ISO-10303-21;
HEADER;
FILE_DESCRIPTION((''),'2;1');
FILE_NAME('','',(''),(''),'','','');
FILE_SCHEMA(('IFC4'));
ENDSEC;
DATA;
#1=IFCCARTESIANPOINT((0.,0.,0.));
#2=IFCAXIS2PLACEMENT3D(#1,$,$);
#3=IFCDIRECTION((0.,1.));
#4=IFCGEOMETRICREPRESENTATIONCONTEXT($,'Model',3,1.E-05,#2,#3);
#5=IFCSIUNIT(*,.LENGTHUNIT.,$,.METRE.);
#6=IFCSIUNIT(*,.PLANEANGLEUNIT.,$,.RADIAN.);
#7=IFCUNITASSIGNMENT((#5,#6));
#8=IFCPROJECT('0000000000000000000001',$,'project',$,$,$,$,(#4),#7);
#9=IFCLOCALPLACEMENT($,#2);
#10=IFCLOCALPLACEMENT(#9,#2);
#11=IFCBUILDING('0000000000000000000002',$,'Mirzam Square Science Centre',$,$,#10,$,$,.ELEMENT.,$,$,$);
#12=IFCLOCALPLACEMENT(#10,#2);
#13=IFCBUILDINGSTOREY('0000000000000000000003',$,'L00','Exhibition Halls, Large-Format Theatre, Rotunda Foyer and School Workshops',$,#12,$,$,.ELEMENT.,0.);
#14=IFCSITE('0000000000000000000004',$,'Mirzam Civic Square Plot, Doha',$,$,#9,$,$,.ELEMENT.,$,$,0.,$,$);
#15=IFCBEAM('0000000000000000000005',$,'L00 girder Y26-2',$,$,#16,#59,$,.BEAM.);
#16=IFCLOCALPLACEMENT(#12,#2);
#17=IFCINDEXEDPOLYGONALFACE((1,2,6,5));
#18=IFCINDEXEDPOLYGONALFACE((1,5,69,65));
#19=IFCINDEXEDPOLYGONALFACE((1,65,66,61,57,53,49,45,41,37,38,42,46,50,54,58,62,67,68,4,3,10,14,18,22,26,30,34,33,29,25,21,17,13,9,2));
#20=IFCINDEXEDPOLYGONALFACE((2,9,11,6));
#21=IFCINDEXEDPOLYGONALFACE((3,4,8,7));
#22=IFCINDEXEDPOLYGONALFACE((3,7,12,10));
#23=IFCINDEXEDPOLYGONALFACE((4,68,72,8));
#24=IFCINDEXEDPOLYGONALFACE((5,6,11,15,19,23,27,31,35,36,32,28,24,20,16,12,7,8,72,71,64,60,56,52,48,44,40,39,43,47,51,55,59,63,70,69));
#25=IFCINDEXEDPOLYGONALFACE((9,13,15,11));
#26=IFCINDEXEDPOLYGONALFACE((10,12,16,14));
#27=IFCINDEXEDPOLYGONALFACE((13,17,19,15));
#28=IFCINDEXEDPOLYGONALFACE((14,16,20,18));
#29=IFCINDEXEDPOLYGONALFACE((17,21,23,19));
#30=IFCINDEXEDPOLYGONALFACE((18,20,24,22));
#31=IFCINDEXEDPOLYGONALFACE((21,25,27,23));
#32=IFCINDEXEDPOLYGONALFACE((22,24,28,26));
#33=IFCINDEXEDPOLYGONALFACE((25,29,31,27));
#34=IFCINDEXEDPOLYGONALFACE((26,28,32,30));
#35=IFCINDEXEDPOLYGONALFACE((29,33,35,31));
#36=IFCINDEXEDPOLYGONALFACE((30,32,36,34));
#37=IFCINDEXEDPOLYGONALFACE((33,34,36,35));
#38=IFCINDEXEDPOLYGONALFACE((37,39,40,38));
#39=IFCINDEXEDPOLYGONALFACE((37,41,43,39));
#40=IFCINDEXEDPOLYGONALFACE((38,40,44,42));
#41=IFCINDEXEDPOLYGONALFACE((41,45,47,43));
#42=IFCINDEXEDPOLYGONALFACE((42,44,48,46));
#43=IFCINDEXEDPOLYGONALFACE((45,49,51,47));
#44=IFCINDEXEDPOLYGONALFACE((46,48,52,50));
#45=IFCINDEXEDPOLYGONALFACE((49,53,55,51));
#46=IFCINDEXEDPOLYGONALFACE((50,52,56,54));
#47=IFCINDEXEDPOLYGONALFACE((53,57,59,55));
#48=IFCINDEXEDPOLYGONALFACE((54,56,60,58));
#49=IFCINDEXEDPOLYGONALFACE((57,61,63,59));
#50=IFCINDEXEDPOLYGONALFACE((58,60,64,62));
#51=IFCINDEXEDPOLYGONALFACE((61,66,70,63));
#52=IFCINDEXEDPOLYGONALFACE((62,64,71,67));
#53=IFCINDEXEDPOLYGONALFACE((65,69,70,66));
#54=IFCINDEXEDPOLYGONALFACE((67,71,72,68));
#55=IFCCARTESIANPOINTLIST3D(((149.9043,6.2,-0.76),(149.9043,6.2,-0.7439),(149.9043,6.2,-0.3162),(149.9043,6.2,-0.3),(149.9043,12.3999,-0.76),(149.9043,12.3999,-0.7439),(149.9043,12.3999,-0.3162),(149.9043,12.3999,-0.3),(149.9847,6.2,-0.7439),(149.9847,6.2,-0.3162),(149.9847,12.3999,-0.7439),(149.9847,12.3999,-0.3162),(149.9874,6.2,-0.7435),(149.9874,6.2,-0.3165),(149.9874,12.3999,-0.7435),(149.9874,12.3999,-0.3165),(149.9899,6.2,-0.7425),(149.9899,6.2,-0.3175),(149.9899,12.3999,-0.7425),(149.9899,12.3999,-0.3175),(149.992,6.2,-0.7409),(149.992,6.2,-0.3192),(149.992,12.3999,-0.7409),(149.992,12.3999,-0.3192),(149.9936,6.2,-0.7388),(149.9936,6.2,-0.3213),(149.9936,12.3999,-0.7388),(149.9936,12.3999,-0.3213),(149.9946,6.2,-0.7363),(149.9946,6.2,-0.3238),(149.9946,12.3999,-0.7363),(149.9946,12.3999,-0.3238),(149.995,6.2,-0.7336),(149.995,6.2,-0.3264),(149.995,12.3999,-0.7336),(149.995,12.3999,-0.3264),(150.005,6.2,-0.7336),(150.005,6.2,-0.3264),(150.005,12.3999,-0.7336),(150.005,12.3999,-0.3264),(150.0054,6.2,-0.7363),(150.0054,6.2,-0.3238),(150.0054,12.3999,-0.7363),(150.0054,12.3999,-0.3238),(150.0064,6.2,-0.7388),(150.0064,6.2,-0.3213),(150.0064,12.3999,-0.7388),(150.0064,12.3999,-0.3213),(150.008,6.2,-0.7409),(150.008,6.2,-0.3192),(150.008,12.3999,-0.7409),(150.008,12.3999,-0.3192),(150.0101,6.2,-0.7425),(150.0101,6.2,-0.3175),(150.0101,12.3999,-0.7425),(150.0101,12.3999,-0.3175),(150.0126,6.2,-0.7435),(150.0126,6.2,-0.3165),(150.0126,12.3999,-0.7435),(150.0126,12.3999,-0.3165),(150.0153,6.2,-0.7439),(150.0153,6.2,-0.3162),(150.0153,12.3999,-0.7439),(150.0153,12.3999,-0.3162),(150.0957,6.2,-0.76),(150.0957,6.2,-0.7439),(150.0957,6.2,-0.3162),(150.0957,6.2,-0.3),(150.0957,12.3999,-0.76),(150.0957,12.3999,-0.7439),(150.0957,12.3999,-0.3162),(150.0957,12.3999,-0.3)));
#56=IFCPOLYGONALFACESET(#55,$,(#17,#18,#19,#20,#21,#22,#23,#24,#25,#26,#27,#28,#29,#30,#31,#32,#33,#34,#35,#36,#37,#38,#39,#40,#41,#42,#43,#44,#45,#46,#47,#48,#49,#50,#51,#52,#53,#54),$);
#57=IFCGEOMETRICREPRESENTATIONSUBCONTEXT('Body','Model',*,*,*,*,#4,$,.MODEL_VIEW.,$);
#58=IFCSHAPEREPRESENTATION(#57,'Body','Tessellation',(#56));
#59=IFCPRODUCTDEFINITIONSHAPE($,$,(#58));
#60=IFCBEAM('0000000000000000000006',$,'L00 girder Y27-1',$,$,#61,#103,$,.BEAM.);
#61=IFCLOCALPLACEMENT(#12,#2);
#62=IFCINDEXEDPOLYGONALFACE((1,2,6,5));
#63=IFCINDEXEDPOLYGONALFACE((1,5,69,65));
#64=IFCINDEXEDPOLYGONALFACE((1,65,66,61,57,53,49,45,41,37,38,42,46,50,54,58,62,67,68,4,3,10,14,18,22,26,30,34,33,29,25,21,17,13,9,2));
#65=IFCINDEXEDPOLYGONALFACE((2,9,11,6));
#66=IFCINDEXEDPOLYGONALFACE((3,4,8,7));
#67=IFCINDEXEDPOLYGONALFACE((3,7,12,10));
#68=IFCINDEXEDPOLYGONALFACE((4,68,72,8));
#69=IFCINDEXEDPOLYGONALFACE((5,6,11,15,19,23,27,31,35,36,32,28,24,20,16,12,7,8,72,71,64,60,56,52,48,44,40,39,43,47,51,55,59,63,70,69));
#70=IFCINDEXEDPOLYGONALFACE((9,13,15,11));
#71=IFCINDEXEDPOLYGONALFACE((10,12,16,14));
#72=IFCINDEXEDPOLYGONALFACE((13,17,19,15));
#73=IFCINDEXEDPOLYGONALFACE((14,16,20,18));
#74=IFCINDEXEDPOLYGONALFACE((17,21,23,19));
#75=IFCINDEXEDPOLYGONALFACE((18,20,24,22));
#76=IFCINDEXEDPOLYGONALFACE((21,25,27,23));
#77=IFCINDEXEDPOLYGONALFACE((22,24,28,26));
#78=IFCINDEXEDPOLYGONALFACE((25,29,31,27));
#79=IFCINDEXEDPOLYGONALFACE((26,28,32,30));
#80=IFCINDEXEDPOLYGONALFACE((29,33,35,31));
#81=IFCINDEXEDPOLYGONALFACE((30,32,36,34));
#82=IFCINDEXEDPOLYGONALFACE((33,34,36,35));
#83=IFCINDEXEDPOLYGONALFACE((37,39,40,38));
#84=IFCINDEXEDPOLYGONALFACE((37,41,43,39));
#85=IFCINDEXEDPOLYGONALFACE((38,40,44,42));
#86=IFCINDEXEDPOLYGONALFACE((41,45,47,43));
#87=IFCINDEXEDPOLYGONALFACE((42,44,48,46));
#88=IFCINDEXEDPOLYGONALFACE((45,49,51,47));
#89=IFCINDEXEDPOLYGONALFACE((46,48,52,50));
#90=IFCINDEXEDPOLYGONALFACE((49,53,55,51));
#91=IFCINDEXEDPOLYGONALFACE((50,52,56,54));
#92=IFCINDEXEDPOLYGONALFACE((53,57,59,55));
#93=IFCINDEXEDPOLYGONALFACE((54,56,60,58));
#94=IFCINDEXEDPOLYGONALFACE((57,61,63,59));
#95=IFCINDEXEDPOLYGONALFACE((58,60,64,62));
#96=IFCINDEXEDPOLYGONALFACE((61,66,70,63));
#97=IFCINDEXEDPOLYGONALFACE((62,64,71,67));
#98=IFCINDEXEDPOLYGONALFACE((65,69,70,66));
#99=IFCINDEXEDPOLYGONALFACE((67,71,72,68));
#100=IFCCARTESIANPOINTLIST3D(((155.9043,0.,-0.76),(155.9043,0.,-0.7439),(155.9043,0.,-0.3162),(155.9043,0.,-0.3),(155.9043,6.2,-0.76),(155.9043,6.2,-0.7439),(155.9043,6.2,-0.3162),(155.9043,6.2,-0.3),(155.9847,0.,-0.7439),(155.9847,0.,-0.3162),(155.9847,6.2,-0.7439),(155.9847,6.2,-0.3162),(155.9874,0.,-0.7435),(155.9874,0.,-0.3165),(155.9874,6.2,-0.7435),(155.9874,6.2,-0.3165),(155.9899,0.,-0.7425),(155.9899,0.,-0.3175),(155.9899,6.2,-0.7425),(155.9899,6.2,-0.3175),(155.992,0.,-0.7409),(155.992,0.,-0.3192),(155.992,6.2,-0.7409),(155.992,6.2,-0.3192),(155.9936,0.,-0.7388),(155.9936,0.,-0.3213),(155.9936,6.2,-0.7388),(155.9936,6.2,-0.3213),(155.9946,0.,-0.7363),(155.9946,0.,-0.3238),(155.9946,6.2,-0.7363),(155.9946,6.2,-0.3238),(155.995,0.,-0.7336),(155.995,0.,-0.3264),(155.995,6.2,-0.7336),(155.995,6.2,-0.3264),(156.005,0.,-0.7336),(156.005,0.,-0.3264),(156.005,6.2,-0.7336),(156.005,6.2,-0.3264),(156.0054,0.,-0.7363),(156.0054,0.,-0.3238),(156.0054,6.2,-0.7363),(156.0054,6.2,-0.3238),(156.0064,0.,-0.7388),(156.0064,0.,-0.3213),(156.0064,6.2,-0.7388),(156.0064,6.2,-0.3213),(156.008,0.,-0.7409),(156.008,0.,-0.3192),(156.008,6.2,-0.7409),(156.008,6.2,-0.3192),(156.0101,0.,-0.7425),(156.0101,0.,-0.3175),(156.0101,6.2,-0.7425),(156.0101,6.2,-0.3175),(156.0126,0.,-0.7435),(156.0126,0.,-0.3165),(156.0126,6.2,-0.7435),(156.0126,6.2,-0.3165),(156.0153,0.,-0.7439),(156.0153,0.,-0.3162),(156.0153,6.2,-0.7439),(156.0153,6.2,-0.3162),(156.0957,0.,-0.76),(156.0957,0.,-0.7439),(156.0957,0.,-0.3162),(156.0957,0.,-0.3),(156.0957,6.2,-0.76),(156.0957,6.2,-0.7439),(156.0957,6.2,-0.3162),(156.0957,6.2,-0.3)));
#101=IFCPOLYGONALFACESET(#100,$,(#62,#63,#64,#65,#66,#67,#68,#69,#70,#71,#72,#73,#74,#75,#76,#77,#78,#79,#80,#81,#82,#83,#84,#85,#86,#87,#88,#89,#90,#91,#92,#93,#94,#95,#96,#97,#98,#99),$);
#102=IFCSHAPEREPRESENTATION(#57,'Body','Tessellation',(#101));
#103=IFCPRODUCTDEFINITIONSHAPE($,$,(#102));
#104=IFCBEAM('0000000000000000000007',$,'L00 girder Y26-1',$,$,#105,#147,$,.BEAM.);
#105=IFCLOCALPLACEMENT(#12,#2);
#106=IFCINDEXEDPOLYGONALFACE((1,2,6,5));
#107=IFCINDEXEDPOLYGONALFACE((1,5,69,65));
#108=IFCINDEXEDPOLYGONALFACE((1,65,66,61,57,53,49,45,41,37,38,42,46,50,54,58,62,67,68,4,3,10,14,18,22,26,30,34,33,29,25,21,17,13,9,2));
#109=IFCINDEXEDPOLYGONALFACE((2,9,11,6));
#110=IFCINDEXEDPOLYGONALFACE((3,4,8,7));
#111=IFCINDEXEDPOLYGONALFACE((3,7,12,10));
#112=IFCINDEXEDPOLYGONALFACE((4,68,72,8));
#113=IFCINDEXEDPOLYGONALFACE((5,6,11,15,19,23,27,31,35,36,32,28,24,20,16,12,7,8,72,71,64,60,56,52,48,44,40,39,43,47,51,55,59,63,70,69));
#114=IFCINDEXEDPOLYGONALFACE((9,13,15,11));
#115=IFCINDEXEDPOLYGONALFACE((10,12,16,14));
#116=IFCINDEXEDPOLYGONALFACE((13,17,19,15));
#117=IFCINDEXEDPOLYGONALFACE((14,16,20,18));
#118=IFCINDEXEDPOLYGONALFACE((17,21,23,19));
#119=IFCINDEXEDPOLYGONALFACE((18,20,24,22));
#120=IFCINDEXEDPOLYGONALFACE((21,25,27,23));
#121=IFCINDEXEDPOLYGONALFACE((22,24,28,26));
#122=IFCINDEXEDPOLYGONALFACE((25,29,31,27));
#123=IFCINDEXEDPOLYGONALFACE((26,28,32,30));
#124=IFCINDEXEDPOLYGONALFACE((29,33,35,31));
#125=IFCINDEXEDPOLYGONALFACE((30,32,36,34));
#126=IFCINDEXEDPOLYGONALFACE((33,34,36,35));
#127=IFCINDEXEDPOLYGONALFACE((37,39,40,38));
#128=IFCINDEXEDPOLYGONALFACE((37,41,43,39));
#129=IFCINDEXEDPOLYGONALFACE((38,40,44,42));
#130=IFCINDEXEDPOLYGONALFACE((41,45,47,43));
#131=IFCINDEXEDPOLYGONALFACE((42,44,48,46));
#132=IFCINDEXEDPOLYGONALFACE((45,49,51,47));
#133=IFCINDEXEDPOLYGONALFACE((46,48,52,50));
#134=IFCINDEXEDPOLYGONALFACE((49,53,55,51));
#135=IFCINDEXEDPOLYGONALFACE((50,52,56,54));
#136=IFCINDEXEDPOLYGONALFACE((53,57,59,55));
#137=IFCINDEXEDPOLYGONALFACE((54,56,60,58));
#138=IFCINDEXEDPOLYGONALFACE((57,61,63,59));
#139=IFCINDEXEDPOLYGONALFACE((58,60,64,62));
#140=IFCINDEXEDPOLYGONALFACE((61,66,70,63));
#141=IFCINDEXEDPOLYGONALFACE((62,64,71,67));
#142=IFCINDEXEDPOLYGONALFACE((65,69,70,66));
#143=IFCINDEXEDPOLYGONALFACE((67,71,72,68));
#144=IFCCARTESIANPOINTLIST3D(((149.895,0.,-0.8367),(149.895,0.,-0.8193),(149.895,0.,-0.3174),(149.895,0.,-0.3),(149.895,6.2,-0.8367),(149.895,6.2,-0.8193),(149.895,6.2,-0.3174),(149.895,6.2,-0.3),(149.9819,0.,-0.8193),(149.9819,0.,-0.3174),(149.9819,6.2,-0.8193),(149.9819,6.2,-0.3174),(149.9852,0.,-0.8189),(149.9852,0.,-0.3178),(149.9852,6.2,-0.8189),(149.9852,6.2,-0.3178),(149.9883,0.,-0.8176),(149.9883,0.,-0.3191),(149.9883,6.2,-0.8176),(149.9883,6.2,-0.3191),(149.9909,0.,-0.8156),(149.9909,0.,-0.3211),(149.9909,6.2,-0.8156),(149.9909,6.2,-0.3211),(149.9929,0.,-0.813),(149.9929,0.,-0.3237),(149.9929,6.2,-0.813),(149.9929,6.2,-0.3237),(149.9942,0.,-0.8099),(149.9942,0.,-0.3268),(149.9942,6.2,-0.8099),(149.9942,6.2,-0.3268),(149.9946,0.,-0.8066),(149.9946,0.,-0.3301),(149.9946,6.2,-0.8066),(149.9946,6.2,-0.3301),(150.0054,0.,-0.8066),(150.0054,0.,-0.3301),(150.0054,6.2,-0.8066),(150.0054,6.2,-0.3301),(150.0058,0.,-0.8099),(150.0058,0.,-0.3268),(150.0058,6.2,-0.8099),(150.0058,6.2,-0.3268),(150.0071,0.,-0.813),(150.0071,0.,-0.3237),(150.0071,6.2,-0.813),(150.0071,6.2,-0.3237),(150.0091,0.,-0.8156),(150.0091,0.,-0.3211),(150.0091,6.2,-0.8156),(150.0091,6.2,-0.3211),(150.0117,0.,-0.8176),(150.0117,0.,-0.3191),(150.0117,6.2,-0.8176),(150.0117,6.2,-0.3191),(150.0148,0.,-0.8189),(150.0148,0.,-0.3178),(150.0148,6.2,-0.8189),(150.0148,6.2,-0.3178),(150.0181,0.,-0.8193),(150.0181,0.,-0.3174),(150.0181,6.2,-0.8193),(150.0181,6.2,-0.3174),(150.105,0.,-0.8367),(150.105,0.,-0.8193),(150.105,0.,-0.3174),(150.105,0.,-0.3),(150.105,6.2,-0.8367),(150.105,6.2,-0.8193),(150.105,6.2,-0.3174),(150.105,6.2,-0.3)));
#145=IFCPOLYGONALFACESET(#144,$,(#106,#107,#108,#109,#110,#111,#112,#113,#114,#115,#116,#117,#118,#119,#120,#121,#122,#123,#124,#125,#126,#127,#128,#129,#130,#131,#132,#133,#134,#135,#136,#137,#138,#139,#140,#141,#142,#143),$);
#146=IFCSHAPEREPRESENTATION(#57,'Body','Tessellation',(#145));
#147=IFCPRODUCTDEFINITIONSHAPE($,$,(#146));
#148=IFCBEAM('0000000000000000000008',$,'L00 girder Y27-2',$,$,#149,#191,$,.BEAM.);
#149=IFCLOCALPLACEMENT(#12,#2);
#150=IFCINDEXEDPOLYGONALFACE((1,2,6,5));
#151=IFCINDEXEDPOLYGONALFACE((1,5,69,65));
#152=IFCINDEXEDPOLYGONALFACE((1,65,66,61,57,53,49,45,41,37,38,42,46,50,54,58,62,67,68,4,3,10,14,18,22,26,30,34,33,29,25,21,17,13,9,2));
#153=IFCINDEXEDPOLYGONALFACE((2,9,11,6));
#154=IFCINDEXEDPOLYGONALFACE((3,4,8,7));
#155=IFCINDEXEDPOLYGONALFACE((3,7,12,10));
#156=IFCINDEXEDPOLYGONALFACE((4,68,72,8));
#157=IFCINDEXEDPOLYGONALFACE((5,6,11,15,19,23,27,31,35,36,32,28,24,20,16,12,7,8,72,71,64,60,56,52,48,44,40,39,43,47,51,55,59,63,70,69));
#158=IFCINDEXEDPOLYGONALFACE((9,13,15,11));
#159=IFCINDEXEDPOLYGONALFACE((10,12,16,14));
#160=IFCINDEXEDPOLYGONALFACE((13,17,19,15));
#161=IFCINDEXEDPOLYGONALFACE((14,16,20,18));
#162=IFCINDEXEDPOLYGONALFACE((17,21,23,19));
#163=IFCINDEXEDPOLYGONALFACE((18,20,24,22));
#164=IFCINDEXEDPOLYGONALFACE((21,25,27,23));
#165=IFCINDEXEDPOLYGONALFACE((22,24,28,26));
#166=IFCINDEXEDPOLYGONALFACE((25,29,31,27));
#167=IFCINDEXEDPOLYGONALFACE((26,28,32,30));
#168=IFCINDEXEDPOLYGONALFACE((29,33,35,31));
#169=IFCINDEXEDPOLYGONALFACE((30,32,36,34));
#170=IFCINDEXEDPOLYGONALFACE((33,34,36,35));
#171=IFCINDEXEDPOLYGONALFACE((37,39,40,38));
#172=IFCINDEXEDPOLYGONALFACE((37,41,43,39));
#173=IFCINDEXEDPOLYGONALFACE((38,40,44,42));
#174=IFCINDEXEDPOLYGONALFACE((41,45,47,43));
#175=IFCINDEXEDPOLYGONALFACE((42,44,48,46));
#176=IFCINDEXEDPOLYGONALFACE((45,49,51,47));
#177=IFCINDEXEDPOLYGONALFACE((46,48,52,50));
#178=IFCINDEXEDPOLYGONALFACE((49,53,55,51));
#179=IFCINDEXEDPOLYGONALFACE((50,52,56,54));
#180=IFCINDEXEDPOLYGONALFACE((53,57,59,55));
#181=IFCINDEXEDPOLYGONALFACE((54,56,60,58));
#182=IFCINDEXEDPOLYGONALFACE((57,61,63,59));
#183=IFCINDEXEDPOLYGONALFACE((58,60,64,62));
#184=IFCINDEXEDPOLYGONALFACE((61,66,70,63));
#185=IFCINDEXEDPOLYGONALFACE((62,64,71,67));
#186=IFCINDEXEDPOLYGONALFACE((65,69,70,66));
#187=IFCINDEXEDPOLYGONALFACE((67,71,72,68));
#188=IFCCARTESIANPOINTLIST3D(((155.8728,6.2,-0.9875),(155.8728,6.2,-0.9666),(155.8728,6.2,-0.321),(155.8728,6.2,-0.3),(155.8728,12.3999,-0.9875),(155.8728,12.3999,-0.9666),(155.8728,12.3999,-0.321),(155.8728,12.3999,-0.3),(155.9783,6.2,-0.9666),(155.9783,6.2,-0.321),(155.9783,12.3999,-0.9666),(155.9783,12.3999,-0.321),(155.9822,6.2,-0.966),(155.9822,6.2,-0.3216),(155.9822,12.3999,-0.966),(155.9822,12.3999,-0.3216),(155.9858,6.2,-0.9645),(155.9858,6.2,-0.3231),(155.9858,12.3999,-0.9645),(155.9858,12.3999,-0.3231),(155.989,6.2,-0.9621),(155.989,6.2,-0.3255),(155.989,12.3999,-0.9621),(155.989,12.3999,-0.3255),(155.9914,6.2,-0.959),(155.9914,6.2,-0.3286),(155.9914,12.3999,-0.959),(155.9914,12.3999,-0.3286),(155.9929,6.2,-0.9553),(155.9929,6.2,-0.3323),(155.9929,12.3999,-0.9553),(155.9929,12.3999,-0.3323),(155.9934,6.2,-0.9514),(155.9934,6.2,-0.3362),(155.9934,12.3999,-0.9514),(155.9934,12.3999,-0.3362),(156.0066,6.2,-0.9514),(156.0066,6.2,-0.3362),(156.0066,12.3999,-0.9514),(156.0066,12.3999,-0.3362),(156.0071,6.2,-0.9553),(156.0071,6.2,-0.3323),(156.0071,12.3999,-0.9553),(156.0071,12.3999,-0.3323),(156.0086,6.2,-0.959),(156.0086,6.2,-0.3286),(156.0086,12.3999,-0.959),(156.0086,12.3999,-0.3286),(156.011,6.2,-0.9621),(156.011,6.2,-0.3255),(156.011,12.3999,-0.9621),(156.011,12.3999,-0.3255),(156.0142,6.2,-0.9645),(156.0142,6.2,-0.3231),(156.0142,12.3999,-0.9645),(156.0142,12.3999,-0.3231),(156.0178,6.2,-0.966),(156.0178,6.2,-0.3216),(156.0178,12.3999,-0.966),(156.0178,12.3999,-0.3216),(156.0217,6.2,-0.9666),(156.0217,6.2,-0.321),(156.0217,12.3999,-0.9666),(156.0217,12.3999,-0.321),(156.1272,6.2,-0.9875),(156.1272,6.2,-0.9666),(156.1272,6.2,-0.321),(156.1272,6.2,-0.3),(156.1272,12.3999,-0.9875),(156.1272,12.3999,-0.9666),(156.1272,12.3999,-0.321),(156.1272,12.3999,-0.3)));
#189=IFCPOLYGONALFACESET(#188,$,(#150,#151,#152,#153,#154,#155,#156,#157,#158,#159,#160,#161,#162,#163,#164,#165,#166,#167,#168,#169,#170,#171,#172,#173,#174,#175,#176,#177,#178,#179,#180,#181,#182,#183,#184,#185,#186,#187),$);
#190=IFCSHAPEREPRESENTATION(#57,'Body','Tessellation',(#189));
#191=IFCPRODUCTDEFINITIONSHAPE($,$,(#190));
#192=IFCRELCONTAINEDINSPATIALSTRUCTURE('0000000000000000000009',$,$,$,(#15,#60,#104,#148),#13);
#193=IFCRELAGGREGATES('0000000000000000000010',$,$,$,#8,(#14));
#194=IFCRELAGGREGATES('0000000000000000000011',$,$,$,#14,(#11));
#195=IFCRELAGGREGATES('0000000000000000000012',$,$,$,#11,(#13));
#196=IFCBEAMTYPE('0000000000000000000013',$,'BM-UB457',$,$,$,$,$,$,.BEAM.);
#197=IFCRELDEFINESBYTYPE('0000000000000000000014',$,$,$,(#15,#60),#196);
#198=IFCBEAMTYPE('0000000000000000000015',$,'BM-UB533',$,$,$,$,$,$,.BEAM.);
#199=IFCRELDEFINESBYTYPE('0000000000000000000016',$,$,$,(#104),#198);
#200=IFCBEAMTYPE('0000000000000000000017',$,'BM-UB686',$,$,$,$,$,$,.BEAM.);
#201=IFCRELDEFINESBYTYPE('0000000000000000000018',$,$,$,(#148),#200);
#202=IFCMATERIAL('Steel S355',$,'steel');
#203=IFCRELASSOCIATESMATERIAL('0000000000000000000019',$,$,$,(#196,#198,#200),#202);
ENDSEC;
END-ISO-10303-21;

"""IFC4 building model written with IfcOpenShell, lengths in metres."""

from ifc_helpers import new_model, si_unit, direction, frame, origin, origin_2d, place, context, subcontext, project, spatial, i_section, extrude, material, material_profile, profile_set, type_object, element, save


model = new_model("IFC4")

# Units and contexts
model_context = context("Model", 3, precision=1e-05, world=origin(), true_north=direction((0.0, 1.0)))
body_context = subcontext(model_context, "Body", "Model", "MODEL_VIEW")
ifc_project = project(units=[si_unit("LENGTHUNIT", "METRE"), si_unit("PLANEANGLEUNIT", "RADIAN")], contexts=[model_context])

# Site, building, storey
site_placement = place(None, origin())
site = spatial("IfcSite", under=ifc_project, at=site_placement, Name="Mirzam Civic Square Plot, Doha", CompositionType="ELEMENT", RefElevation=0.0)
building_placement = place(site_placement, origin())
building = spatial("IfcBuilding", under=site, at=building_placement, Name="Mirzam Square Science Centre", CompositionType="ELEMENT")
storey_placement = place(building_placement, origin())
storey = spatial("IfcBuildingStorey", under=building, at=storey_placement, Name="L00", Description="Exhibition Halls, Large-Format Theatre, Rotunda Foyer and School Workshops", CompositionType="ELEMENT", Elevation=0.0)

# Shared definitions
ifc_material_1 = material(Name="Steel S355", Category="steel")

# Beams
ifc_material_profile_1 = material_profile(ifc_material_1, i_section(OverallWidth=0.1914, OverallDepth=0.46, WebThickness=0.01, FlangeThickness=0.0161, FilletRadius=0.0103, at=origin_2d()), Name="457x191x82UB")
ifc_profile_set_1 = profile_set([ifc_material_profile_1], Name="Steel S355")
beam_type_1 = type_object("IfcBeamType", Name="BM-UB457", PredefinedType="BEAM", material=ifc_profile_set_1)
for number, where, z_axis, x_axis, name in (
    (1, (150.0, 6.2, -0.53), (0.0, 1.0, 0.0), (-1.0, 0.0, 0.0), "L00 girder Y26-2"),
    (2, (156.0, 0.0, -0.53), (0.0, 1.0, 0.0), (-1.0, 0.0, 0.0), "L00 girder Y27-1"),
):
    element("IfcBeam", number, at=place(storey_placement, frame(where, z_axis=z_axis, x_axis=x_axis)), inside=storey, type_object=beam_type_1, Name=name, PredefinedType="BEAM", context=body_context, shape_type="SweptSolid", body=[
        extrude(i_section(OverallWidth=0.1914, OverallDepth=0.46, WebThickness=0.01, FlangeThickness=0.0161, FilletRadius=0.0103, at=origin_2d()), origin(), (0.0, 0.0, 1.0), 6.2),
    ])
ifc_material_profile_2 = material_profile(ifc_material_1, i_section(OverallWidth=0.21, OverallDepth=0.5366, WebThickness=0.0107, FlangeThickness=0.0173, FilletRadius=0.0127, at=origin_2d()), Name="533x210x101UB")
ifc_profile_set_2 = profile_set([ifc_material_profile_2], Name="Steel S355")
beam_type_2 = type_object("IfcBeamType", Name="BM-UB533", PredefinedType="BEAM", material=ifc_profile_set_2)
beam_1_placement = place(storey_placement, frame((150.0, 0.0, -0.5684), z_axis=(0.0, 1.0, 0.0), x_axis=(-1.0, 0.0, 0.0)))
element("IfcBeam", 3, at=beam_1_placement, inside=storey, type_object=beam_type_2, Name="L00 girder Y26-1", PredefinedType="BEAM", context=body_context, shape_type="SweptSolid", body=[
    extrude(i_section(OverallWidth=0.21, OverallDepth=0.5366, WebThickness=0.0107, FlangeThickness=0.0173, FilletRadius=0.0127, at=origin_2d()), origin(), (0.0, 0.0, 1.0), 6.2),
])
ifc_material_profile_3 = material_profile(ifc_material_1, i_section(OverallWidth=0.2544, OverallDepth=0.6875, WebThickness=0.0132, FlangeThickness=0.021, FilletRadius=0.0151, at=origin_2d()), Name="686x254x152UB")
ifc_profile_set_3 = profile_set([ifc_material_profile_3], Name="Steel S355")
beam_type_3 = type_object("IfcBeamType", Name="BM-UB686", PredefinedType="BEAM", material=ifc_profile_set_3)
beam_2_placement = place(storey_placement, frame((156.0, 6.2, -0.6438), z_axis=(0.0, 1.0, 0.0), x_axis=(-1.0, 0.0, 0.0)))
element("IfcBeam", 4, at=beam_2_placement, inside=storey, type_object=beam_type_3, Name="L00 girder Y27-2", PredefinedType="BEAM", context=body_context, shape_type="SweptSolid", body=[
    extrude(i_section(OverallWidth=0.2544, OverallDepth=0.6875, WebThickness=0.0132, FlangeThickness=0.021, FilletRadius=0.0151, at=origin_2d()), origin(), (0.0, 0.0, 1.0), 6.2),
])

save(model, "model.ifc")
